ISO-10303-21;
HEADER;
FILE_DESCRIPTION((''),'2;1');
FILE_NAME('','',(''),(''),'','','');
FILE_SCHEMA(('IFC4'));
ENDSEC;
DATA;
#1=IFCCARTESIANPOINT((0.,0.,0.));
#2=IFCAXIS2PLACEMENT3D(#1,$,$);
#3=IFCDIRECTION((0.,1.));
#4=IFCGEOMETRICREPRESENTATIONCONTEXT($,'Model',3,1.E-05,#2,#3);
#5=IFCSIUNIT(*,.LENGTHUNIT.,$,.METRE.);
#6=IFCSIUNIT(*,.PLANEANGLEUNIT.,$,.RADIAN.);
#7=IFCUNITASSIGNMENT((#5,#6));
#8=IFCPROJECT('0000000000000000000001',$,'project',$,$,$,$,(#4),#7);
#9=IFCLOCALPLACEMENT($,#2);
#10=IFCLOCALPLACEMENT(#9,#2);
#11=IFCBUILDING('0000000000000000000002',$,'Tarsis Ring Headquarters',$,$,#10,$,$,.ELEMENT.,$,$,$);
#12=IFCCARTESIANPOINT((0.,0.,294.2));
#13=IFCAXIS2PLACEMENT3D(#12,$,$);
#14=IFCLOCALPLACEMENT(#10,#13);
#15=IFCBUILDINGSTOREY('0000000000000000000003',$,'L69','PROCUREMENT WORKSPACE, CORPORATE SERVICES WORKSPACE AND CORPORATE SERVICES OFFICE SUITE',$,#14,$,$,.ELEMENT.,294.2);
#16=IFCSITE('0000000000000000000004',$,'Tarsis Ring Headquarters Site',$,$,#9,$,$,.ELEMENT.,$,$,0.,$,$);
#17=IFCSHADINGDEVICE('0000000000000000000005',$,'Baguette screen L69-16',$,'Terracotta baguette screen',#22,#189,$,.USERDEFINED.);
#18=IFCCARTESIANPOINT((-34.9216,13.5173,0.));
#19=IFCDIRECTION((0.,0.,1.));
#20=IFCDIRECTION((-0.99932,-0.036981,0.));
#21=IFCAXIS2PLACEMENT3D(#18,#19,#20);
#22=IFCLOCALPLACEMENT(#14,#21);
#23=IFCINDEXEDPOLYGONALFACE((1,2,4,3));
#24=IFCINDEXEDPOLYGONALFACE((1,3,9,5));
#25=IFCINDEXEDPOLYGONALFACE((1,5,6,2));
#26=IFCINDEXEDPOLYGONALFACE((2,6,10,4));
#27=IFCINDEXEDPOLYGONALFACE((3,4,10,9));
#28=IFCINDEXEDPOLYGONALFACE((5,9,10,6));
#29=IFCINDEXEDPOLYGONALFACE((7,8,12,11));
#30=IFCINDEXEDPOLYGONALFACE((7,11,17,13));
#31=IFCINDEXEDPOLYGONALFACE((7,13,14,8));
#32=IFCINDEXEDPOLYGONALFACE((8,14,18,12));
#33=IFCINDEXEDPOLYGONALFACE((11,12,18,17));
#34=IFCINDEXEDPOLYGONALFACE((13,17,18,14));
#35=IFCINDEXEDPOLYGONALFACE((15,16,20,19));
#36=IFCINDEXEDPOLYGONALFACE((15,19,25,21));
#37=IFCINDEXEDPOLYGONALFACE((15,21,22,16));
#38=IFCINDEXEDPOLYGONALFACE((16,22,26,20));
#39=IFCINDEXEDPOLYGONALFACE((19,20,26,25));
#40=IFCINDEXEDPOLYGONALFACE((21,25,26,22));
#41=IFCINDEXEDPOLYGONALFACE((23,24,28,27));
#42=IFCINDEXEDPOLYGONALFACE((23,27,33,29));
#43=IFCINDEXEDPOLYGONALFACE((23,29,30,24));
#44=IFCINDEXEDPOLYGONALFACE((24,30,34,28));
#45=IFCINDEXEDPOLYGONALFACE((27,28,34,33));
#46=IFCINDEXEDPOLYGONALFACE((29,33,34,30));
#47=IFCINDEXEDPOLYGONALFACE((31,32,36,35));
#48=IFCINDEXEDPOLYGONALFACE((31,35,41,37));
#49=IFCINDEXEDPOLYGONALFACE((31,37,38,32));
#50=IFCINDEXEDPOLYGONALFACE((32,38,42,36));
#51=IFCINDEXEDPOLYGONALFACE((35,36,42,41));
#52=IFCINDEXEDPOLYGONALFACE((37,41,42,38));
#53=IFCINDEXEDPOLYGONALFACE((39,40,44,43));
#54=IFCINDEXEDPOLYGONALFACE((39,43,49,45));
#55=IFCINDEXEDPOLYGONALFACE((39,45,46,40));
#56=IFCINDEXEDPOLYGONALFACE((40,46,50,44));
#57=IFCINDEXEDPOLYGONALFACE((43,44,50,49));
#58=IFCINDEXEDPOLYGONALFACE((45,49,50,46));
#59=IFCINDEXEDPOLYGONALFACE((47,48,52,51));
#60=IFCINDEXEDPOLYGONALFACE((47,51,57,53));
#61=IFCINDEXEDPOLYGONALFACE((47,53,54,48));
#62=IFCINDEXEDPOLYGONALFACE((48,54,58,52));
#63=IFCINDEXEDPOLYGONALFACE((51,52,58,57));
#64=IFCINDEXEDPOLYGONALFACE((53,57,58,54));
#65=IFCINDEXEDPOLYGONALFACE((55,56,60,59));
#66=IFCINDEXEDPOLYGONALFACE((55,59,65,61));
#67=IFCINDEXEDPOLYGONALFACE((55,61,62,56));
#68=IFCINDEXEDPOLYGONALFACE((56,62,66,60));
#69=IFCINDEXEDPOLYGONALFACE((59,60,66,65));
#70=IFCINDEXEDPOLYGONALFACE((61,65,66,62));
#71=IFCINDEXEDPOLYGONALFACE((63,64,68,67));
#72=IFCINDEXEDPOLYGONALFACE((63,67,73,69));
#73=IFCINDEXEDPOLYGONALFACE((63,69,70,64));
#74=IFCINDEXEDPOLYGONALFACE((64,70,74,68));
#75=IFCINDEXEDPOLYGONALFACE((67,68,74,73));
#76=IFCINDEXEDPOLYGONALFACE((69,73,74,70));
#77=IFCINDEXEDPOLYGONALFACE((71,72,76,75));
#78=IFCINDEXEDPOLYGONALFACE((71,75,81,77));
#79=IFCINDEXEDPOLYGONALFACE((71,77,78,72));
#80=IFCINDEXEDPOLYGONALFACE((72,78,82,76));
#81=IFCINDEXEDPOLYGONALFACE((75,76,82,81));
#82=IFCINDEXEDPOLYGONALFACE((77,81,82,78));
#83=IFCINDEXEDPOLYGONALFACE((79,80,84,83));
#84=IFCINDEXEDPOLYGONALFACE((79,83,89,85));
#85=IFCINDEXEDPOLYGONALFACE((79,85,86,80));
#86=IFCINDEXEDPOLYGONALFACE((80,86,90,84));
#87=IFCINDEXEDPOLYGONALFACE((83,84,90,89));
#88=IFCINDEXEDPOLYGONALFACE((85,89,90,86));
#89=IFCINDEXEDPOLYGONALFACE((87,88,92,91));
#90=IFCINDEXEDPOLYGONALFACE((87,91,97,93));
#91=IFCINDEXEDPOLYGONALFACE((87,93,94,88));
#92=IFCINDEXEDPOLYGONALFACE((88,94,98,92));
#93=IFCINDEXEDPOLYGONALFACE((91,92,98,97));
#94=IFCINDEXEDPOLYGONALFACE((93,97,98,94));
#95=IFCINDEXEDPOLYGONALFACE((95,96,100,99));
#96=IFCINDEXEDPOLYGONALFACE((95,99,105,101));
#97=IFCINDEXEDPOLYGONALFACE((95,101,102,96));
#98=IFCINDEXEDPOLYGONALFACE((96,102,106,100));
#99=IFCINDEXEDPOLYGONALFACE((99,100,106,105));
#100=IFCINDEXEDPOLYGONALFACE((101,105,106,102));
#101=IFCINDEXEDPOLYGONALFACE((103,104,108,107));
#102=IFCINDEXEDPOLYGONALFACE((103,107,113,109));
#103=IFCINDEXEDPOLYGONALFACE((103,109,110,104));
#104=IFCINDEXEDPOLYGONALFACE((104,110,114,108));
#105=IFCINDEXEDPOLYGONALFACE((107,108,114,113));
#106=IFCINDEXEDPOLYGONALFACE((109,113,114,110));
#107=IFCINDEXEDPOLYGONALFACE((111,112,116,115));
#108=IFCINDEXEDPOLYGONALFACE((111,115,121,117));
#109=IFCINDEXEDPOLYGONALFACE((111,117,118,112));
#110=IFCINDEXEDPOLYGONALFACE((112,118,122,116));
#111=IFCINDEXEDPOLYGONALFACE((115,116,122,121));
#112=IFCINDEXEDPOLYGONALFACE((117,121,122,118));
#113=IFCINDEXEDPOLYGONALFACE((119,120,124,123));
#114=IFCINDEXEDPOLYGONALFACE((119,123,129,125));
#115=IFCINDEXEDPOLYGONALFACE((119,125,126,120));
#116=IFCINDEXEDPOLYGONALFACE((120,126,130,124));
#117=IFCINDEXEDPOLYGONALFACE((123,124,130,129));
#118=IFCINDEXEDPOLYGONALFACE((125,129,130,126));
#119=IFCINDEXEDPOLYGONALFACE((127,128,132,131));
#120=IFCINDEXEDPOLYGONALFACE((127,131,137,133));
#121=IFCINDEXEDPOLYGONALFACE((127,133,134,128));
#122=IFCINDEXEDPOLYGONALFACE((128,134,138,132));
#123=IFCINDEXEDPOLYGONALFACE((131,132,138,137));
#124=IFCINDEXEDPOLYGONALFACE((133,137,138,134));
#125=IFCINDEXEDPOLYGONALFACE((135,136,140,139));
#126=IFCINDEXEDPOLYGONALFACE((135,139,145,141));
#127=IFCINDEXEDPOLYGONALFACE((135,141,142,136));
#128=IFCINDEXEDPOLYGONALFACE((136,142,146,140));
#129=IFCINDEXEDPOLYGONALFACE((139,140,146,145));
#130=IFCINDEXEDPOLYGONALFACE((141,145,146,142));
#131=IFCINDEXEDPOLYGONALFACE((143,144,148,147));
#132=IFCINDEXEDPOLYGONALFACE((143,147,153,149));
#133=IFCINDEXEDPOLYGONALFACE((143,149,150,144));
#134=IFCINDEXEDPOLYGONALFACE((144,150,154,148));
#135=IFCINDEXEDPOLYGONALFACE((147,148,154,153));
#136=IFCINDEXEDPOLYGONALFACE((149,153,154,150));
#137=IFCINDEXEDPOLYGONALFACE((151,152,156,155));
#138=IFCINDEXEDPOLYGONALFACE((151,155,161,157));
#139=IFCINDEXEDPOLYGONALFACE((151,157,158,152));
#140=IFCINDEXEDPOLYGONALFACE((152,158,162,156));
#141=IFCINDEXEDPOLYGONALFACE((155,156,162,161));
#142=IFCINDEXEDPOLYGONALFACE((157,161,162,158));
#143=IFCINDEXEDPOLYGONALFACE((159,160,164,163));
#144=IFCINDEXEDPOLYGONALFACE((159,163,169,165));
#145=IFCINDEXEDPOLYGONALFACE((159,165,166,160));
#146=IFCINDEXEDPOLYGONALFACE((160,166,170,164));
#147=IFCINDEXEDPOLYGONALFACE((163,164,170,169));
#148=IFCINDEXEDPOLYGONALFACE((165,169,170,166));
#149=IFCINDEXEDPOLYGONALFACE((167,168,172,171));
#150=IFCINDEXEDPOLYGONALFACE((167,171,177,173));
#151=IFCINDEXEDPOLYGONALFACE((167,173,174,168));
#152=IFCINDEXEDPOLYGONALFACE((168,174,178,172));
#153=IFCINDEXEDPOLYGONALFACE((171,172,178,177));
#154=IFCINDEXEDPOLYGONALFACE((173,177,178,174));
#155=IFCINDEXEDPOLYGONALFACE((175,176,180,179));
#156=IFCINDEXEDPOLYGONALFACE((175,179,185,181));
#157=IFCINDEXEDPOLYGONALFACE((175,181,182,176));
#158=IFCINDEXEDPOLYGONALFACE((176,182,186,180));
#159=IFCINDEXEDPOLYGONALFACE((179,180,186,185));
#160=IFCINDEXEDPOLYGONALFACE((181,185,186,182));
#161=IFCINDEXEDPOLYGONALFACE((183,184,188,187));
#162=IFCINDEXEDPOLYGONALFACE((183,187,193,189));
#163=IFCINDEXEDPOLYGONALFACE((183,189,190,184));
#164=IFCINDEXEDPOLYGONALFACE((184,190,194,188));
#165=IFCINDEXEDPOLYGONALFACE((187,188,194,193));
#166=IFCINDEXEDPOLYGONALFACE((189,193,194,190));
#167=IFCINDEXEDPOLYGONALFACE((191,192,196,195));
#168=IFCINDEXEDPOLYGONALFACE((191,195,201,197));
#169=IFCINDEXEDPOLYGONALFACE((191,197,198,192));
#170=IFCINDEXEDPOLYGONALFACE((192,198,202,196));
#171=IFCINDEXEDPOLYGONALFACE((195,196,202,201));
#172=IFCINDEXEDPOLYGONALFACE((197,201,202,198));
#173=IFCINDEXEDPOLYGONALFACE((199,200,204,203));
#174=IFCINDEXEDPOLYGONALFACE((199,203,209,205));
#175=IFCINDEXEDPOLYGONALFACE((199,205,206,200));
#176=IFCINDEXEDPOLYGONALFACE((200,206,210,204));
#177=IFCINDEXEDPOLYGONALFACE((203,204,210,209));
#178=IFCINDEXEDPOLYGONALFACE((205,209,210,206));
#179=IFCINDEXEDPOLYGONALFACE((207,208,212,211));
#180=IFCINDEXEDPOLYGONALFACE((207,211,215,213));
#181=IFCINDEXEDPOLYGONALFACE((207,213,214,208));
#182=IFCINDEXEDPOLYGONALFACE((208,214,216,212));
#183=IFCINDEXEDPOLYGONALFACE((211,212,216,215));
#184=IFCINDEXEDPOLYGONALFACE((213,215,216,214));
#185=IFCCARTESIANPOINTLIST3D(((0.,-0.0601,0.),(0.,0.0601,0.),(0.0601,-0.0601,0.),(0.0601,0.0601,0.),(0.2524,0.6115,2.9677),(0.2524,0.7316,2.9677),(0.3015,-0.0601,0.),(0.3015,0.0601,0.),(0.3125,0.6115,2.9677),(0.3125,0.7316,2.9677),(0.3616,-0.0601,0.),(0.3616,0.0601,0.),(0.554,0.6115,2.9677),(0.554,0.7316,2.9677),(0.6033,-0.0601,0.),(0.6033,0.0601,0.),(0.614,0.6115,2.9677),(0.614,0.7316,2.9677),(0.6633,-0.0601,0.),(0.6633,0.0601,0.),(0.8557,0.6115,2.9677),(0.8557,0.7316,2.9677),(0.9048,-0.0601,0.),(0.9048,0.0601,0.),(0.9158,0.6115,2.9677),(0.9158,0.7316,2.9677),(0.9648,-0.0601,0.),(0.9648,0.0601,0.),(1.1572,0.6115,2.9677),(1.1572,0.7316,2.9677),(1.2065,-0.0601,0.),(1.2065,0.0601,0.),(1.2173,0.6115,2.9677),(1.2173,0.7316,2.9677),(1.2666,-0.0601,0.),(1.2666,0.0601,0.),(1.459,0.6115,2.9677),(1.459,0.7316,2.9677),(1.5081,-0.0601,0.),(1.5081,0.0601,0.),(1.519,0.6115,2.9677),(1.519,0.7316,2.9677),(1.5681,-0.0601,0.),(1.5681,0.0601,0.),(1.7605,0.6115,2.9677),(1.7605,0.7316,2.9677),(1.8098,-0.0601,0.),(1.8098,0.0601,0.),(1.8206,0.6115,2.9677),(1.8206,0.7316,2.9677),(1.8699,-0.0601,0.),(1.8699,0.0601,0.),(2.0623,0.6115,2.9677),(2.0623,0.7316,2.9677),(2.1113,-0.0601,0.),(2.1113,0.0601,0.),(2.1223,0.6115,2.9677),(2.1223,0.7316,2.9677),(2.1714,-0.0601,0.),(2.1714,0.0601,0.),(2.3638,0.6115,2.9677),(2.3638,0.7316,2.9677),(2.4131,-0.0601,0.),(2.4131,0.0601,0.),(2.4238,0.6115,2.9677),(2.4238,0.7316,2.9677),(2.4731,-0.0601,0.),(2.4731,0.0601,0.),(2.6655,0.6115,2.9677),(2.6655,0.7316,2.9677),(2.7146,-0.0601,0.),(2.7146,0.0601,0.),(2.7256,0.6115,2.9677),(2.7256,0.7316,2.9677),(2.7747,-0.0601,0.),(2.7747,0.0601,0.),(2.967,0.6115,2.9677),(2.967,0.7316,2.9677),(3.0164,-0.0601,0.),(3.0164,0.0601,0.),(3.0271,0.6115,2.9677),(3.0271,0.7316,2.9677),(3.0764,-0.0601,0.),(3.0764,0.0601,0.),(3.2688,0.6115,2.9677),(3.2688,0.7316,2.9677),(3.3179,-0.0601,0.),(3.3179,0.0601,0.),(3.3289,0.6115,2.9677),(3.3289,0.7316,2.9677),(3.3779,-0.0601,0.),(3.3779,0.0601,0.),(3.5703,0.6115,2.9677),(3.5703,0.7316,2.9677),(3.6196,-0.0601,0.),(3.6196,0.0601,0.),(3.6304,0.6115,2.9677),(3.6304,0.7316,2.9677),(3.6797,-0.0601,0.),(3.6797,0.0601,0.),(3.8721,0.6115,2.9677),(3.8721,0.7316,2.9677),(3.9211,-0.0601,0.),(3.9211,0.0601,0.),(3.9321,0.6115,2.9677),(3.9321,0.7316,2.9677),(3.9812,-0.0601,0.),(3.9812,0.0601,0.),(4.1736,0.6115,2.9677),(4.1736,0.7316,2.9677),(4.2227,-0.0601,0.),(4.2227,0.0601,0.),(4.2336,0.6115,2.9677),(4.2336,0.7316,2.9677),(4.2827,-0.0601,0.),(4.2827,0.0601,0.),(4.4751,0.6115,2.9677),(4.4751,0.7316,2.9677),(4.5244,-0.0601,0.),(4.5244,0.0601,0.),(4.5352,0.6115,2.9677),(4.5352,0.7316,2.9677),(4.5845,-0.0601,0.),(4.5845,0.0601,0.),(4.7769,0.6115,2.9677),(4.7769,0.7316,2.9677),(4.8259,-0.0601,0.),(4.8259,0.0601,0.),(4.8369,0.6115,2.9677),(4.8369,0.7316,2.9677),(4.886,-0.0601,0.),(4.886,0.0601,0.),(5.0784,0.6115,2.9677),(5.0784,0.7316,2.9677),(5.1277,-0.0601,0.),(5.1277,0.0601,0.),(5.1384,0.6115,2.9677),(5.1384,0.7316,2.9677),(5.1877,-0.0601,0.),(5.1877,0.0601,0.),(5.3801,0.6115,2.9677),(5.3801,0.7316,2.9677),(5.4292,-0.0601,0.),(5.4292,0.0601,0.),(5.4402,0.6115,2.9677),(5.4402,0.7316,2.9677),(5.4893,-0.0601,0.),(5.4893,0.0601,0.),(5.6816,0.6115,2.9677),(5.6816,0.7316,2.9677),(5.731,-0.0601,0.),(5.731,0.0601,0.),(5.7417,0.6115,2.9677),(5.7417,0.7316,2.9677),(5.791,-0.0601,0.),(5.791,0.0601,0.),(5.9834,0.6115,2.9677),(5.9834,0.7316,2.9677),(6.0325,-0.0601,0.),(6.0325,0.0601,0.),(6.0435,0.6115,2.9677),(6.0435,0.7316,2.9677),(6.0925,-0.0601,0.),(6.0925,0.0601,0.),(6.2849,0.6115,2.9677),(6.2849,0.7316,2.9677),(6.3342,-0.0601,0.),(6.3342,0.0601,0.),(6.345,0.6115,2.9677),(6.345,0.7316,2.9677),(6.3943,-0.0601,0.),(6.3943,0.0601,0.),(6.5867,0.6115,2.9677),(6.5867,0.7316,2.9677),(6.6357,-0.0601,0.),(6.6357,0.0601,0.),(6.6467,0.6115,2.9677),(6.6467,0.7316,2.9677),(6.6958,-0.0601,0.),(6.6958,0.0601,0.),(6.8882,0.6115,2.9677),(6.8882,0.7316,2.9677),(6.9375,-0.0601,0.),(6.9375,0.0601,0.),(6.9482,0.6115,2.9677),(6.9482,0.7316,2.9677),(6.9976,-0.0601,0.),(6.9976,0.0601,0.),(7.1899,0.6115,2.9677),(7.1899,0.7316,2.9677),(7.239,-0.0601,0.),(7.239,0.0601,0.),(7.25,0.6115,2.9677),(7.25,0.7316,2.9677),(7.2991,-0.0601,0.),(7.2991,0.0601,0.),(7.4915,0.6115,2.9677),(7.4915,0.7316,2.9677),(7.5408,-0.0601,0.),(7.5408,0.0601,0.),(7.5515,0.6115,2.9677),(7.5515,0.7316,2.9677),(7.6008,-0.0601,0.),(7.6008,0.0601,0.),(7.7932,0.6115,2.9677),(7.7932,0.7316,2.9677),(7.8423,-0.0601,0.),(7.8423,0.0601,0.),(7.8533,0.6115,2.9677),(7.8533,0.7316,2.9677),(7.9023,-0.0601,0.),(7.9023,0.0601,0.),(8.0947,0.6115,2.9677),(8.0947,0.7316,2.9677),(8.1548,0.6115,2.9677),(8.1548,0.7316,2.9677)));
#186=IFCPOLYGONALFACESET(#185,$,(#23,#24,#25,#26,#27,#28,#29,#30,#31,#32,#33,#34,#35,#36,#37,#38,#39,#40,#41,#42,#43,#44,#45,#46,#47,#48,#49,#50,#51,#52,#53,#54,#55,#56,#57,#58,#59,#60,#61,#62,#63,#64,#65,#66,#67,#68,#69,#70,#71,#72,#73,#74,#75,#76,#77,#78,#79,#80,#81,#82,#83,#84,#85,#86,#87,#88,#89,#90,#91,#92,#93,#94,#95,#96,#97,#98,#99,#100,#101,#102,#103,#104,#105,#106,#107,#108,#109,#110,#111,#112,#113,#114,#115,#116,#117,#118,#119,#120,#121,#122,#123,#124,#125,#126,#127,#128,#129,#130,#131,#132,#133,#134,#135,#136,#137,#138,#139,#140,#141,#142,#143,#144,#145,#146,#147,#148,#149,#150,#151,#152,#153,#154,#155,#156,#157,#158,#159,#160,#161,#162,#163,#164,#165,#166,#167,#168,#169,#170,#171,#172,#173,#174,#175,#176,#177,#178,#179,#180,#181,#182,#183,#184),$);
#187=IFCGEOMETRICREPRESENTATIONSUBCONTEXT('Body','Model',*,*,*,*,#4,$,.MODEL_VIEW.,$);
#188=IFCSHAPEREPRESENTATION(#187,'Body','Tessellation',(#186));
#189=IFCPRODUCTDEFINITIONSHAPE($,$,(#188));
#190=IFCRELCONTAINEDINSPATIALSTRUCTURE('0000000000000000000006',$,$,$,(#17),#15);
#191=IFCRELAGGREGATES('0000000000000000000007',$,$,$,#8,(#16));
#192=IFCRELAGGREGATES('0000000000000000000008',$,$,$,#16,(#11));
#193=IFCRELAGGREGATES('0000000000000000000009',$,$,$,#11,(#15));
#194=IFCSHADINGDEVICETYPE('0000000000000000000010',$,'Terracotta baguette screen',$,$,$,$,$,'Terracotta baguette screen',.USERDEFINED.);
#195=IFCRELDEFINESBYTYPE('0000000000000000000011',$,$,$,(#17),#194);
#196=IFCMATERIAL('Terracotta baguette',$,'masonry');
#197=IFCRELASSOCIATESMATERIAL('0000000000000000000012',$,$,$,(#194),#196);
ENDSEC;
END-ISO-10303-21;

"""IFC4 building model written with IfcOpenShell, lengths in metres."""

from ifc_helpers import new_model, si_unit, direction, frame, frame_2d, origin, place, context, subcontext, project, spatial, rectangle, composite_profile, extrude, material, type_object, element, save


model = new_model("IFC4")

# Units and contexts
model_context = context("Model", 3, precision=1e-05, world=origin(), true_north=direction((0.0, 1.0)))
body_context = subcontext(model_context, "Body", "Model", "MODEL_VIEW")
ifc_project = project(units=[si_unit("LENGTHUNIT", "METRE"), si_unit("PLANEANGLEUNIT", "RADIAN")], contexts=[model_context])

# Site, building, storey
site_placement = place(None, origin())
site = spatial("IfcSite", under=ifc_project, at=site_placement, Name="Tarsis Ring Headquarters Site", CompositionType="ELEMENT", RefElevation=0.0)
building_placement = place(site_placement, origin())
building = spatial("IfcBuilding", under=site, at=building_placement, Name="Tarsis Ring Headquarters", CompositionType="ELEMENT")
storey_placement = place(building_placement, frame((0.0, 0.0, 294.2)))
storey = spatial("IfcBuildingStorey", under=building, at=storey_placement, Name="L69", Description="PROCUREMENT WORKSPACE, CORPORATE SERVICES WORKSPACE AND CORPORATE SERVICES OFFICE SUITE", CompositionType="ELEMENT", Elevation=294.2)

# Shading device
ifc_material_1 = material(Name="Terracotta baguette", Category="masonry")
shading_device_type_1 = type_object("IfcShadingDeviceType", Name="Terracotta baguette screen", ElementType="Terracotta baguette screen", PredefinedType="USERDEFINED", material=ifc_material_1)
shading_device_1_placement = place(storey_placement, frame((-34.9216, 13.5173, 0.0), z_axis=(0.0, 0.0, 1.0), x_axis=(-0.99932, -0.036981, 0.0)))
element("IfcShadingDevice", 1, at=shading_device_1_placement, inside=storey, type_object=shading_device_type_1, Name="Baguette screen L69-16", ObjectType="Terracotta baguette screen", PredefinedType="USERDEFINED", context=body_context, shape_type="SweptSolid", body=[
    extrude(composite_profile([rectangle(XDim=0.0601, YDim=0.1201, at=frame_2d((0.03, 0.0))), rectangle(XDim=0.0601, YDim=0.1201, at=frame_2d((0.3315, 0.0))), rectangle(XDim=0.0601, YDim=0.1201, at=frame_2d((0.6333, 0.0))), rectangle(XDim=0.0601, YDim=0.1201, at=frame_2d((0.9348, 0.0))), rectangle(XDim=0.0601, YDim=0.1201, at=frame_2d((1.2366, 0.0))), rectangle(XDim=0.0601, YDim=0.1201, at=frame_2d((1.5381, 0.0))), rectangle(XDim=0.0601, YDim=0.1201, at=frame_2d((1.8398, 0.0))), rectangle(XDim=0.0601, YDim=0.1201, at=frame_2d((2.1414, 0.0))), rectangle(XDim=0.0601, YDim=0.1201, at=frame_2d((2.4431, 0.0))), rectangle(XDim=0.0601, YDim=0.1201, at=frame_2d((2.7446, 0.0))), rectangle(XDim=0.0601, YDim=0.1201, at=frame_2d((3.0464, 0.0))), rectangle(XDim=0.0601, YDim=0.1201, at=frame_2d((3.3479, 0.0))), rectangle(XDim=0.0601, YDim=0.1201, at=frame_2d((3.6497, 0.0))), rectangle(XDim=0.0601, YDim=0.1201, at=frame_2d((3.9512, 0.0))), rectangle(XDim=0.0601, YDim=0.1201, at=frame_2d((4.2527, 0.0))), rectangle(XDim=0.0601, YDim=0.1201, at=frame_2d((4.5544, 0.0))), rectangle(XDim=0.0601, YDim=0.1201, at=frame_2d((4.856, 0.0))), rectangle(XDim=0.0601, YDim=0.1201, at=frame_2d((5.1577, 0.0))), rectangle(XDim=0.0601, YDim=0.1201, at=frame_2d((5.4592, 0.0))), rectangle(XDim=0.0601, YDim=0.1201, at=frame_2d((5.761, 0.0))), rectangle(XDim=0.0601, YDim=0.1201, at=frame_2d((6.0625, 0.0))), rectangle(XDim=0.0601, YDim=0.1201, at=frame_2d((6.3643, 0.0))), rectangle(XDim=0.0601, YDim=0.1201, at=frame_2d((6.6658, 0.0))), rectangle(XDim=0.0601, YDim=0.1201, at=frame_2d((6.9675, 0.0))), rectangle(XDim=0.0601, YDim=0.1201, at=frame_2d((7.269, 0.0))), rectangle(XDim=0.0601, YDim=0.1201, at=frame_2d((7.5708, 0.0))), rectangle(XDim=0.0601, YDim=0.1201, at=frame_2d((7.8723, 0.0)))]), origin(), (0.082682, 0.219942, 0.972003), 3.0532),
])

save(model, "model.ifc")
